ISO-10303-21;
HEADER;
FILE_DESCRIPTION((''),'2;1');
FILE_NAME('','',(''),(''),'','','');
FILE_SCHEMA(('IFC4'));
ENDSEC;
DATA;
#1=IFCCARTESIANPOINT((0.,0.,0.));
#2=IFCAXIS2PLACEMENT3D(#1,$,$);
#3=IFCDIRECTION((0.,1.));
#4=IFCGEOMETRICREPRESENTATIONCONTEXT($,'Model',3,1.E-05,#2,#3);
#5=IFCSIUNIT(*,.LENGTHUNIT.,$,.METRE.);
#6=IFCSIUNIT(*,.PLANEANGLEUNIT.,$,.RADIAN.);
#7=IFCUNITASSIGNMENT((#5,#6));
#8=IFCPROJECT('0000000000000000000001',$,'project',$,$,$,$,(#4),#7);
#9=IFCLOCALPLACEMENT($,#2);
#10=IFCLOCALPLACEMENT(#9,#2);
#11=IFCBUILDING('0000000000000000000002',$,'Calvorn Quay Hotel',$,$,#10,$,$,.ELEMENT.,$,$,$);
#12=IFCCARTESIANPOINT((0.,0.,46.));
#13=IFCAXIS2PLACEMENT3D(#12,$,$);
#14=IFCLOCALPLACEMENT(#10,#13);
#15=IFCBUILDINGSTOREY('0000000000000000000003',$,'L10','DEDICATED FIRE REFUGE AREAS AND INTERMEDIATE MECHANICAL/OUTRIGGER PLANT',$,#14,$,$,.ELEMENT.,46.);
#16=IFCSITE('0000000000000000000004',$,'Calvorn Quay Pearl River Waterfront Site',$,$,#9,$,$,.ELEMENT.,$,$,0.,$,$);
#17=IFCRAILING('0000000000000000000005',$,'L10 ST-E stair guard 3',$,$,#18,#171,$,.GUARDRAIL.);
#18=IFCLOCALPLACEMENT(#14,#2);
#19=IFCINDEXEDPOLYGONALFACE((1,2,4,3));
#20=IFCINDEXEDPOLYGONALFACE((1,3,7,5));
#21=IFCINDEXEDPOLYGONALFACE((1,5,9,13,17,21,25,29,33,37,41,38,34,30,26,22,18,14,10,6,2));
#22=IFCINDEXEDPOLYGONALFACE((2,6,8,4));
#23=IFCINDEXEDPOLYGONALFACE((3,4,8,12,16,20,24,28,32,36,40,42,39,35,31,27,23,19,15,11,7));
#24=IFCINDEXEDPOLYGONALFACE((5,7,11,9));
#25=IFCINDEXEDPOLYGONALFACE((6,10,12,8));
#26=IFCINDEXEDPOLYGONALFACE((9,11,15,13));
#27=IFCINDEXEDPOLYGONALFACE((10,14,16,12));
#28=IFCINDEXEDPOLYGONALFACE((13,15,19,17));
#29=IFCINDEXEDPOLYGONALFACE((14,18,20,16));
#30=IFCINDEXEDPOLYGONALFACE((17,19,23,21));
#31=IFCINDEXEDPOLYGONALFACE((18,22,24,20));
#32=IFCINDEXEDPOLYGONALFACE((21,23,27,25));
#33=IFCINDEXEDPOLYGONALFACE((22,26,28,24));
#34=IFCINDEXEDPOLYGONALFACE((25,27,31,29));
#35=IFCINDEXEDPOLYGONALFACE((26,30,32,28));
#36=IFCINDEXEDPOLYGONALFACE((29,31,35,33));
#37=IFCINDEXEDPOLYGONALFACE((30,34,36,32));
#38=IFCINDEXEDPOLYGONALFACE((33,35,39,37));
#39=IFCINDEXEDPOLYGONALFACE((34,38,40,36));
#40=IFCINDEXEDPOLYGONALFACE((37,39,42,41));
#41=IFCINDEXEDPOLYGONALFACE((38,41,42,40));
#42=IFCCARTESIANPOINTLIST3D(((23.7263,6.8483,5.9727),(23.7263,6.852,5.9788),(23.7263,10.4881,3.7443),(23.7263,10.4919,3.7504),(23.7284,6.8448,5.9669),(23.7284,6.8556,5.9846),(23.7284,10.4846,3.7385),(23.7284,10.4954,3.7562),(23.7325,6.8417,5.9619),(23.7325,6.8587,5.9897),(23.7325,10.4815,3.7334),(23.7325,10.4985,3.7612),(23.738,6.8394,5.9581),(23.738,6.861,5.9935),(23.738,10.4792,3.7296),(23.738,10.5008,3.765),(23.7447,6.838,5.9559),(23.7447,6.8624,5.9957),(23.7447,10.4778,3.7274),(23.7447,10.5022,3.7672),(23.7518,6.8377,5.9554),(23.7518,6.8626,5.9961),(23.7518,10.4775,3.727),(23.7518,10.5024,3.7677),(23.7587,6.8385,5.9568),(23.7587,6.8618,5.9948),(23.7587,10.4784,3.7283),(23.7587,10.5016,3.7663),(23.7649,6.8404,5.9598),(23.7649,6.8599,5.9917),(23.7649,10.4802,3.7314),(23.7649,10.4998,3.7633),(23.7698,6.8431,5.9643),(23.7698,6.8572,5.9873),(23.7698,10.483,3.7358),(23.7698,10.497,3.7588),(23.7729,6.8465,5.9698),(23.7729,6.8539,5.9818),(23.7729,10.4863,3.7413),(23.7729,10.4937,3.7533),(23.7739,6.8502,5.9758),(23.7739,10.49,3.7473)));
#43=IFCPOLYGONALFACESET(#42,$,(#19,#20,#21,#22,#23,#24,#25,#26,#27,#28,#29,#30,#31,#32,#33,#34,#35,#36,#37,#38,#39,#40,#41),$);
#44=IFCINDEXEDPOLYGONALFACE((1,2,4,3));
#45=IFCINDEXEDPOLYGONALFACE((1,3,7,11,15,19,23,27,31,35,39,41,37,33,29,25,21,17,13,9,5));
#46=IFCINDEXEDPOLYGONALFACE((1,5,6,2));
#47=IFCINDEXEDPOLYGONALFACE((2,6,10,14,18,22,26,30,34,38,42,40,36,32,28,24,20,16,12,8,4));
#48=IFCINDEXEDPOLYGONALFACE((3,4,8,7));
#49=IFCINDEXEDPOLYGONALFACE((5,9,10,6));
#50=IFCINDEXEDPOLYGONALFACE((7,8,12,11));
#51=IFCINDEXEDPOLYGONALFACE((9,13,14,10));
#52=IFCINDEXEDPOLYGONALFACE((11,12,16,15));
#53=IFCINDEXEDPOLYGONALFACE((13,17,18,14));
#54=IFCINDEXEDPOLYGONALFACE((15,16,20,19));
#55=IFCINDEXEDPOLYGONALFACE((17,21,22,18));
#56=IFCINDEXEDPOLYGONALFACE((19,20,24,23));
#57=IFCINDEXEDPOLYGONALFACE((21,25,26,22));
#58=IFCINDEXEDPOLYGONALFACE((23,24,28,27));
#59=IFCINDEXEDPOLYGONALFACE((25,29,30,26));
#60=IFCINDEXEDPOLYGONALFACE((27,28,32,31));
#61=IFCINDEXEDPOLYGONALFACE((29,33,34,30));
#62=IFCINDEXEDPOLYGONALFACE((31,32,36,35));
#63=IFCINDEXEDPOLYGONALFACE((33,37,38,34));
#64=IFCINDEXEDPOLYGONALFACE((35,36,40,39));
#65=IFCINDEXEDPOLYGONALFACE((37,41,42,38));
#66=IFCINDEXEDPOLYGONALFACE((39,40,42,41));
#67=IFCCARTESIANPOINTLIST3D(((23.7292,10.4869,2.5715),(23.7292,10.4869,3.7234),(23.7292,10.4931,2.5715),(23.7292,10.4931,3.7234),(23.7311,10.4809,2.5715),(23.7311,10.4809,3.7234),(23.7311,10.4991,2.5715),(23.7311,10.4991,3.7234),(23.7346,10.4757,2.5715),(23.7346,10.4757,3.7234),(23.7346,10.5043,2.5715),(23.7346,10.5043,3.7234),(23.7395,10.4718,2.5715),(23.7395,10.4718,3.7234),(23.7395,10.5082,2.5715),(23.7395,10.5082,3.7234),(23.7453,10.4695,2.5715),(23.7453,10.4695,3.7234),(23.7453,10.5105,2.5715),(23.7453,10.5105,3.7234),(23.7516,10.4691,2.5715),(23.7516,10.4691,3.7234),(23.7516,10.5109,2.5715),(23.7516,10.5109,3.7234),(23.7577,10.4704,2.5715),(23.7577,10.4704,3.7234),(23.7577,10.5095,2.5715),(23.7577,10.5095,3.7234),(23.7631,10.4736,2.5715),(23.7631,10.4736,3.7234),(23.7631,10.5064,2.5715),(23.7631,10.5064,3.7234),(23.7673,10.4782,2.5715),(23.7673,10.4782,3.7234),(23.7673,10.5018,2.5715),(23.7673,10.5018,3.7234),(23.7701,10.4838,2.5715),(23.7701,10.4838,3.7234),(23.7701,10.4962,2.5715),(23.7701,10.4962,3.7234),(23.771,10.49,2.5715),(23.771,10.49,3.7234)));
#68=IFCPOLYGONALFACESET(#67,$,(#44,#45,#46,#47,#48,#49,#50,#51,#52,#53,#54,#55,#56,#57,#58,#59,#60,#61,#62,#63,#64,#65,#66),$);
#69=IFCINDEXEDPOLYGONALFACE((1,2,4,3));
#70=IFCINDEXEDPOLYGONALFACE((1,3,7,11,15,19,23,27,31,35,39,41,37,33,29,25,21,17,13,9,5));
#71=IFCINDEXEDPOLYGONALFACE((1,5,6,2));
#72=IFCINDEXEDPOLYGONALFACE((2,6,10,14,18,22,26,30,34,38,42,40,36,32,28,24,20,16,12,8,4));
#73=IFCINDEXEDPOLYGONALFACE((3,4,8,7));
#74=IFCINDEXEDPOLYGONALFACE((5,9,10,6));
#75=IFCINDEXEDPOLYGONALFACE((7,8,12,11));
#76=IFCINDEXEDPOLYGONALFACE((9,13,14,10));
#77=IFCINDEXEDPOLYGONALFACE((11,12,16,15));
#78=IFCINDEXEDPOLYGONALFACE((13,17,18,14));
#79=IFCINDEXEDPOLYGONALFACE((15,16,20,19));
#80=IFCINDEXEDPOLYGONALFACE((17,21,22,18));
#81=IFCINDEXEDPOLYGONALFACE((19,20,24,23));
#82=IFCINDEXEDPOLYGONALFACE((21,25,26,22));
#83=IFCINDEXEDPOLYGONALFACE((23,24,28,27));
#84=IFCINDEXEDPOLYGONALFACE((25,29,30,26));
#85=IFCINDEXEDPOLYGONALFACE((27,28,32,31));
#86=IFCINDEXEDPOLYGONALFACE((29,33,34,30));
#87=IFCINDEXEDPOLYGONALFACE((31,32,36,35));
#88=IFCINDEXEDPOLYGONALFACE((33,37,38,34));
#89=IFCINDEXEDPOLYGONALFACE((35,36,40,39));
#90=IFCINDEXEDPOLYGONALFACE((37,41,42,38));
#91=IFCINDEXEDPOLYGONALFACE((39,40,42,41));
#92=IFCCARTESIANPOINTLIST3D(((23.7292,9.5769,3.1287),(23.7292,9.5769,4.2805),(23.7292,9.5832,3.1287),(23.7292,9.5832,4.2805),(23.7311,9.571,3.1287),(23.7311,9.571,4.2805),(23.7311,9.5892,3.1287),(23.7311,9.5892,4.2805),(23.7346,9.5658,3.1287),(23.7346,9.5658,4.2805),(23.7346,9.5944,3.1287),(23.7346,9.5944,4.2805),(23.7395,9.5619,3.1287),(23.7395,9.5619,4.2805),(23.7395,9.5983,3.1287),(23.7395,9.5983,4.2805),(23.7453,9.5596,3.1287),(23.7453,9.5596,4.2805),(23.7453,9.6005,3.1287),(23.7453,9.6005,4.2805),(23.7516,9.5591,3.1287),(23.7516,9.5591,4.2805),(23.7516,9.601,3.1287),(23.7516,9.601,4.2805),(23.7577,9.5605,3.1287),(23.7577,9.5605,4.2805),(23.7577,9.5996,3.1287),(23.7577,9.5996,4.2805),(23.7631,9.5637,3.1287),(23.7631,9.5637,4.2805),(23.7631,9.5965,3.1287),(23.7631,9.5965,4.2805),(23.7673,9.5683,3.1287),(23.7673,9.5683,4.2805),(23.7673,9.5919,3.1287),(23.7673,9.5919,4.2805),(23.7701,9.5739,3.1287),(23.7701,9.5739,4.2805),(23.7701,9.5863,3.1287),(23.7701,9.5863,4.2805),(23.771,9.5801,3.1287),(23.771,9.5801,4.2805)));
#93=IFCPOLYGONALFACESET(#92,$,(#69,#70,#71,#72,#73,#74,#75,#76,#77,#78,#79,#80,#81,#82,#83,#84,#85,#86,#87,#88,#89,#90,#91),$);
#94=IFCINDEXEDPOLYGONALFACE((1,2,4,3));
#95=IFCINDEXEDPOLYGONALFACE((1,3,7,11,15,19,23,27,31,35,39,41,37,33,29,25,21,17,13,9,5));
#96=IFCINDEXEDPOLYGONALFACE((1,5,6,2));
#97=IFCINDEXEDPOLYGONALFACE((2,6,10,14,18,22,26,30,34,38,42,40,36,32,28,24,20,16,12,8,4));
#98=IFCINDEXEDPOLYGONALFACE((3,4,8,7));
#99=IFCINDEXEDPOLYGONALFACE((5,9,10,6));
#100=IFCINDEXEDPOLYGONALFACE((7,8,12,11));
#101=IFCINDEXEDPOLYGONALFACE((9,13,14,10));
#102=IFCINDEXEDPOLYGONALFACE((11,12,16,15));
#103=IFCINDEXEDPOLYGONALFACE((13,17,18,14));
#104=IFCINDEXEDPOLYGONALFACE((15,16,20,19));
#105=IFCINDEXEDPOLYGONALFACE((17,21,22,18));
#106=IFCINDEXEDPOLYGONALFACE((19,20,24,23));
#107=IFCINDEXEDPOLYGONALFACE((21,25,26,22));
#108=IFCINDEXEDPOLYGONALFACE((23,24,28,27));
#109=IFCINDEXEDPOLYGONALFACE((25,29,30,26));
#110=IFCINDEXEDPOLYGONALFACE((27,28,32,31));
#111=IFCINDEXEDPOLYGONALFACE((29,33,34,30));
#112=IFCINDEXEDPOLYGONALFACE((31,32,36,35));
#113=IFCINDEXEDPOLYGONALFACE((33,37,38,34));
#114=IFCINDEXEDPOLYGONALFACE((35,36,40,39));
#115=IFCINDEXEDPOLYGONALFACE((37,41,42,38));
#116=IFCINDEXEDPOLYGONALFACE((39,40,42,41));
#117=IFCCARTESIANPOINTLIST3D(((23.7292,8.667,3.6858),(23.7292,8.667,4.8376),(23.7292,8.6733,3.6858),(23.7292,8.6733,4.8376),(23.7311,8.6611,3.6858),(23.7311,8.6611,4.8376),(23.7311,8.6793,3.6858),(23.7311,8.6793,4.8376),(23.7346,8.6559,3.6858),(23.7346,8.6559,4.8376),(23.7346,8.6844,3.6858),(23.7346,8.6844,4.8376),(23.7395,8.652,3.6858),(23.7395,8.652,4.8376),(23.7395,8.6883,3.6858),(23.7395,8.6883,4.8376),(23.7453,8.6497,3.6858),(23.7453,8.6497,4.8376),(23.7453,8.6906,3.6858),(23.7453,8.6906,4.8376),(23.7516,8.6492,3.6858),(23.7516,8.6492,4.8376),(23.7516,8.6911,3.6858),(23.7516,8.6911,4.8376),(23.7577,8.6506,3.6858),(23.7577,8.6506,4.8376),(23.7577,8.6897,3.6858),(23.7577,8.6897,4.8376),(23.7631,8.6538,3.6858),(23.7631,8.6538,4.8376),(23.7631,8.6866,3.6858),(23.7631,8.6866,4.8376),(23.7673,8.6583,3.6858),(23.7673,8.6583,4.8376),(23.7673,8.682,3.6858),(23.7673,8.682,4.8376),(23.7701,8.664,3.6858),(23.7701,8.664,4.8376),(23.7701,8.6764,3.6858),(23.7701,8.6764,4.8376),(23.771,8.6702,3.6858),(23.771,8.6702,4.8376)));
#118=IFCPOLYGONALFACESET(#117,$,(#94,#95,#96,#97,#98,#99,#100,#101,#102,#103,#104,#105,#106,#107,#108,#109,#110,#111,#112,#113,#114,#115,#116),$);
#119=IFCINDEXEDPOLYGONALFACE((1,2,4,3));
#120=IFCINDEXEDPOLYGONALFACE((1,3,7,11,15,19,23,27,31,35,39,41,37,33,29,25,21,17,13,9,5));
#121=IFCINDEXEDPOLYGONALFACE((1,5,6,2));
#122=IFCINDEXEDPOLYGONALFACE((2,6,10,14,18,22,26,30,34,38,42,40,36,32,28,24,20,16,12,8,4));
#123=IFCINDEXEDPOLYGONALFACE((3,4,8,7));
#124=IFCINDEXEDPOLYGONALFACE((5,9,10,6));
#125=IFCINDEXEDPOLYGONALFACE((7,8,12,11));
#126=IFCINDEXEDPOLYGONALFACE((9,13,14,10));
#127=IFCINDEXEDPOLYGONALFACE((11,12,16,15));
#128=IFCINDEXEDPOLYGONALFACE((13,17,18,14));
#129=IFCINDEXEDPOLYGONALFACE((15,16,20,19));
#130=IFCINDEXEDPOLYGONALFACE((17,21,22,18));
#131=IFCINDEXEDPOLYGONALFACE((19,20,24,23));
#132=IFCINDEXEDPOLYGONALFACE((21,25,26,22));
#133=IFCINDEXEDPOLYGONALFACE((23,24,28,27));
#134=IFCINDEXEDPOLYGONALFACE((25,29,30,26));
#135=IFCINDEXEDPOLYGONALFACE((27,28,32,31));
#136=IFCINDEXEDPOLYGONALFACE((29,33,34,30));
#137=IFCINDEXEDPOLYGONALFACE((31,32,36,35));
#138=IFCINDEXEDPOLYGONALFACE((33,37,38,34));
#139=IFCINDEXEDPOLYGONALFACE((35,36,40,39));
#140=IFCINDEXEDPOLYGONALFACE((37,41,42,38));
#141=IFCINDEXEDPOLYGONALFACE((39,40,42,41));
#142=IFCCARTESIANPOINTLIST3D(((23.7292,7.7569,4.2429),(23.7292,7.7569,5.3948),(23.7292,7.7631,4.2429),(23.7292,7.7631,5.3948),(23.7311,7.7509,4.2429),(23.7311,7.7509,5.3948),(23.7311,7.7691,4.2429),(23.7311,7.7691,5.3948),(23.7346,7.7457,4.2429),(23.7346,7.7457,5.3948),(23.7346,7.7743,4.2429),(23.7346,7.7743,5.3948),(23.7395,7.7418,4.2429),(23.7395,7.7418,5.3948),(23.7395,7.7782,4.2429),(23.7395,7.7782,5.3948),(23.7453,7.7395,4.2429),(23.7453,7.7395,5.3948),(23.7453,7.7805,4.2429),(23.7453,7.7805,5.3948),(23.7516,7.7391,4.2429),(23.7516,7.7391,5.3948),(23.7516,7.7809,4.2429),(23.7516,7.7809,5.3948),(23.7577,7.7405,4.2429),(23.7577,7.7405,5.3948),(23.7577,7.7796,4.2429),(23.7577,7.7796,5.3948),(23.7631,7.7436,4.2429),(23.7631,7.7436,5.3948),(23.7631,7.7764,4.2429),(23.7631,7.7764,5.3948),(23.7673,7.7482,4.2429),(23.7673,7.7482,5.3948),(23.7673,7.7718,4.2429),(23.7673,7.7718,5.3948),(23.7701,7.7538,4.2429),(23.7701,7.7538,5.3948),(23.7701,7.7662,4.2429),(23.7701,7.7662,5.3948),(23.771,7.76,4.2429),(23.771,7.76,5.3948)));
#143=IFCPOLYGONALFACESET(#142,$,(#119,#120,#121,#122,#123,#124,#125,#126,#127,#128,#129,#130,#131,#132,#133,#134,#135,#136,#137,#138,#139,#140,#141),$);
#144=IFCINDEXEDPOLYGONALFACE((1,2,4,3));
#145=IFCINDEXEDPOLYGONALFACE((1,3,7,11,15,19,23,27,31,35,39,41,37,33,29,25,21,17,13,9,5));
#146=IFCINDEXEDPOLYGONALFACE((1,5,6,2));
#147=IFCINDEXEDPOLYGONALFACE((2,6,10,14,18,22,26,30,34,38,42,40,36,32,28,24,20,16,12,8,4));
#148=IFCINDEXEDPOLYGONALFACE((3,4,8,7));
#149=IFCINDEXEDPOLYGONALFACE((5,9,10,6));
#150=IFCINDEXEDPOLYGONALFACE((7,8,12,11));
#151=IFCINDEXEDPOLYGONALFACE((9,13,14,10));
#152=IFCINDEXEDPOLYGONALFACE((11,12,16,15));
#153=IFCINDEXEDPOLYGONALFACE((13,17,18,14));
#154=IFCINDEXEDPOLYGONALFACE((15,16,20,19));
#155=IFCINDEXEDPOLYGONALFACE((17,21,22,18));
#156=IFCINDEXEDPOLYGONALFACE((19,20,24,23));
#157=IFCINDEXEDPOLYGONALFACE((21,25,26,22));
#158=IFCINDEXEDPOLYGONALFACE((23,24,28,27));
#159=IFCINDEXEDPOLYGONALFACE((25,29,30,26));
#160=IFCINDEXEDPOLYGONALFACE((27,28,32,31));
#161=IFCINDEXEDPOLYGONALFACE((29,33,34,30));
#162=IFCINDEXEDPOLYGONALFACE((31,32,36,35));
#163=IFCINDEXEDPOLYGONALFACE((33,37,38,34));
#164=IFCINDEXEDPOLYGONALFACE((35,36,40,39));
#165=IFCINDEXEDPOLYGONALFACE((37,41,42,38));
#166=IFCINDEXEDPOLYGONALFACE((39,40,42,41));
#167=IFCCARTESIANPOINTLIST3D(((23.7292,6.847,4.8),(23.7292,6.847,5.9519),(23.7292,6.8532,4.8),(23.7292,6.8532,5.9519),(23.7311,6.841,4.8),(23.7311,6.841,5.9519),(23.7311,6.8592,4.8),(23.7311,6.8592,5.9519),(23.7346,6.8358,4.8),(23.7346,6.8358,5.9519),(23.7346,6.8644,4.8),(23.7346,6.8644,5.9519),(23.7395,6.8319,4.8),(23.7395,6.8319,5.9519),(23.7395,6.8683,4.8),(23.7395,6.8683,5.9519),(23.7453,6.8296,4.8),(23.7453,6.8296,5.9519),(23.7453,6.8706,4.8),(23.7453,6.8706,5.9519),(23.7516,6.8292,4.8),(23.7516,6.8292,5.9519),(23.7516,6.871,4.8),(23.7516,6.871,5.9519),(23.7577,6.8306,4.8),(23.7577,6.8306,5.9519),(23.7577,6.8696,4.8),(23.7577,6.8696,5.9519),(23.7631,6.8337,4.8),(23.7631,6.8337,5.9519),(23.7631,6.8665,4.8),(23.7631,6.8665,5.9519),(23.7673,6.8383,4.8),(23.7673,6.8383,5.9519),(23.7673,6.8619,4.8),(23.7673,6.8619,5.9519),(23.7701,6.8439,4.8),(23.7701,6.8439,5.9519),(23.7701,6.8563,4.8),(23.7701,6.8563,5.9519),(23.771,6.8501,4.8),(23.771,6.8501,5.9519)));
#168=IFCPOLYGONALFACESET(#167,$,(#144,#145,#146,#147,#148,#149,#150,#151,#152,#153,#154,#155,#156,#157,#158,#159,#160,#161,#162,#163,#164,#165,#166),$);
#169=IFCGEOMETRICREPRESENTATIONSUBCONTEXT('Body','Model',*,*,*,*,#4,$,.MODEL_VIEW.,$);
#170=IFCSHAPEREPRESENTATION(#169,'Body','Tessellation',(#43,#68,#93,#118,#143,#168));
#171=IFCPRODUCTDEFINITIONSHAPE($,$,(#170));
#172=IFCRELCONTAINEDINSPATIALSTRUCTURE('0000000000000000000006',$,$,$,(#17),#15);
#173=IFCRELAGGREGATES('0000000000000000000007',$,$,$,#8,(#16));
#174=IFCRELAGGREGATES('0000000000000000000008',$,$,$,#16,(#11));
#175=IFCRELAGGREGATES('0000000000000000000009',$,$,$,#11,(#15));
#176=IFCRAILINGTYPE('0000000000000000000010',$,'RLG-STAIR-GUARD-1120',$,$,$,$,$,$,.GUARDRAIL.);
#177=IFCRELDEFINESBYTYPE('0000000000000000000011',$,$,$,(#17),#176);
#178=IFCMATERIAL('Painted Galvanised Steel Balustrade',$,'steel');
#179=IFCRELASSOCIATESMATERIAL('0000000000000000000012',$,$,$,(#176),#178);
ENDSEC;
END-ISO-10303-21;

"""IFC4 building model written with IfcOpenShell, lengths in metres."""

from ifc_helpers import new_model, si_unit, direction, frame, origin, origin_2d, place, context, subcontext, project, spatial, circle, extrude, material, type_object, element, save


model = new_model("IFC4")

# Units and contexts
model_context = context("Model", 3, precision=1e-05, world=origin(), true_north=direction((0.0, 1.0)))
body_context = subcontext(model_context, "Body", "Model", "MODEL_VIEW")
ifc_project = project(units=[si_unit("LENGTHUNIT", "METRE"), si_unit("PLANEANGLEUNIT", "RADIAN")], contexts=[model_context])

# Site, building, storey
site_placement = place(None, origin())
site = spatial("IfcSite", under=ifc_project, at=site_placement, Name="Calvorn Quay Pearl River Waterfront Site", CompositionType="ELEMENT", RefElevation=0.0)
building_placement = place(site_placement, origin())
building = spatial("IfcBuilding", under=site, at=building_placement, Name="Calvorn Quay Hotel", CompositionType="ELEMENT")
storey_placement = place(building_placement, frame((0.0, 0.0, 46.0)))
storey = spatial("IfcBuildingStorey", under=building, at=storey_placement, Name="L10", Description="DEDICATED FIRE REFUGE AREAS AND INTERMEDIATE MECHANICAL/OUTRIGGER PLANT", CompositionType="ELEMENT", Elevation=46.0)

# Railing
ifc_material_1 = material(Name="Painted Galvanised Steel Balustrade", Category="steel")
railing_type_1 = type_object("IfcRailingType", Name="RLG-STAIR-GUARD-1120", PredefinedType="GUARDRAIL", material=ifc_material_1)
railing_1_placement = place(storey_placement, frame((23.75, 10.49, 2.5715)))
element("IfcRailing", 1, at=railing_1_placement, inside=storey, type_object=railing_type_1, Name="L10 ST-E stair guard 3", PredefinedType="GUARDRAIL", context=body_context, shape_type="SweptSolid", body=[
    extrude(circle(Radius=0.0239, at=origin_2d()), frame((0.0, 0.0, 1.1758), z_axis=(0.0, -0.85285, 0.522156), x_axis=(1.0, 0.0, 0.0)), (0.0, 0.0, 1.0), 4.2678),
    extrude(circle(Radius=0.021, at=origin_2d()), origin(), (0.0, 0.0, 1.0), 1.1519),
    extrude(circle(Radius=0.021, at=origin_2d()), frame((0.0, -0.9099, 0.5571)), (0.0, 0.0, 1.0), 1.1519),
    extrude(circle(Radius=0.021, at=origin_2d()), frame((0.0, -1.8198, 1.1143)), (0.0, 0.0, 1.0), 1.1519),
    extrude(circle(Radius=0.021, at=origin_2d()), frame((0.0, -2.73, 1.6714)), (0.0, 0.0, 1.0), 1.1519),
    extrude(circle(Radius=0.021, at=origin_2d()), frame((0.0, -3.6399, 2.2285)), (0.0, 0.0, 1.0), 1.1519),
])

save(model, "model.ifc")
